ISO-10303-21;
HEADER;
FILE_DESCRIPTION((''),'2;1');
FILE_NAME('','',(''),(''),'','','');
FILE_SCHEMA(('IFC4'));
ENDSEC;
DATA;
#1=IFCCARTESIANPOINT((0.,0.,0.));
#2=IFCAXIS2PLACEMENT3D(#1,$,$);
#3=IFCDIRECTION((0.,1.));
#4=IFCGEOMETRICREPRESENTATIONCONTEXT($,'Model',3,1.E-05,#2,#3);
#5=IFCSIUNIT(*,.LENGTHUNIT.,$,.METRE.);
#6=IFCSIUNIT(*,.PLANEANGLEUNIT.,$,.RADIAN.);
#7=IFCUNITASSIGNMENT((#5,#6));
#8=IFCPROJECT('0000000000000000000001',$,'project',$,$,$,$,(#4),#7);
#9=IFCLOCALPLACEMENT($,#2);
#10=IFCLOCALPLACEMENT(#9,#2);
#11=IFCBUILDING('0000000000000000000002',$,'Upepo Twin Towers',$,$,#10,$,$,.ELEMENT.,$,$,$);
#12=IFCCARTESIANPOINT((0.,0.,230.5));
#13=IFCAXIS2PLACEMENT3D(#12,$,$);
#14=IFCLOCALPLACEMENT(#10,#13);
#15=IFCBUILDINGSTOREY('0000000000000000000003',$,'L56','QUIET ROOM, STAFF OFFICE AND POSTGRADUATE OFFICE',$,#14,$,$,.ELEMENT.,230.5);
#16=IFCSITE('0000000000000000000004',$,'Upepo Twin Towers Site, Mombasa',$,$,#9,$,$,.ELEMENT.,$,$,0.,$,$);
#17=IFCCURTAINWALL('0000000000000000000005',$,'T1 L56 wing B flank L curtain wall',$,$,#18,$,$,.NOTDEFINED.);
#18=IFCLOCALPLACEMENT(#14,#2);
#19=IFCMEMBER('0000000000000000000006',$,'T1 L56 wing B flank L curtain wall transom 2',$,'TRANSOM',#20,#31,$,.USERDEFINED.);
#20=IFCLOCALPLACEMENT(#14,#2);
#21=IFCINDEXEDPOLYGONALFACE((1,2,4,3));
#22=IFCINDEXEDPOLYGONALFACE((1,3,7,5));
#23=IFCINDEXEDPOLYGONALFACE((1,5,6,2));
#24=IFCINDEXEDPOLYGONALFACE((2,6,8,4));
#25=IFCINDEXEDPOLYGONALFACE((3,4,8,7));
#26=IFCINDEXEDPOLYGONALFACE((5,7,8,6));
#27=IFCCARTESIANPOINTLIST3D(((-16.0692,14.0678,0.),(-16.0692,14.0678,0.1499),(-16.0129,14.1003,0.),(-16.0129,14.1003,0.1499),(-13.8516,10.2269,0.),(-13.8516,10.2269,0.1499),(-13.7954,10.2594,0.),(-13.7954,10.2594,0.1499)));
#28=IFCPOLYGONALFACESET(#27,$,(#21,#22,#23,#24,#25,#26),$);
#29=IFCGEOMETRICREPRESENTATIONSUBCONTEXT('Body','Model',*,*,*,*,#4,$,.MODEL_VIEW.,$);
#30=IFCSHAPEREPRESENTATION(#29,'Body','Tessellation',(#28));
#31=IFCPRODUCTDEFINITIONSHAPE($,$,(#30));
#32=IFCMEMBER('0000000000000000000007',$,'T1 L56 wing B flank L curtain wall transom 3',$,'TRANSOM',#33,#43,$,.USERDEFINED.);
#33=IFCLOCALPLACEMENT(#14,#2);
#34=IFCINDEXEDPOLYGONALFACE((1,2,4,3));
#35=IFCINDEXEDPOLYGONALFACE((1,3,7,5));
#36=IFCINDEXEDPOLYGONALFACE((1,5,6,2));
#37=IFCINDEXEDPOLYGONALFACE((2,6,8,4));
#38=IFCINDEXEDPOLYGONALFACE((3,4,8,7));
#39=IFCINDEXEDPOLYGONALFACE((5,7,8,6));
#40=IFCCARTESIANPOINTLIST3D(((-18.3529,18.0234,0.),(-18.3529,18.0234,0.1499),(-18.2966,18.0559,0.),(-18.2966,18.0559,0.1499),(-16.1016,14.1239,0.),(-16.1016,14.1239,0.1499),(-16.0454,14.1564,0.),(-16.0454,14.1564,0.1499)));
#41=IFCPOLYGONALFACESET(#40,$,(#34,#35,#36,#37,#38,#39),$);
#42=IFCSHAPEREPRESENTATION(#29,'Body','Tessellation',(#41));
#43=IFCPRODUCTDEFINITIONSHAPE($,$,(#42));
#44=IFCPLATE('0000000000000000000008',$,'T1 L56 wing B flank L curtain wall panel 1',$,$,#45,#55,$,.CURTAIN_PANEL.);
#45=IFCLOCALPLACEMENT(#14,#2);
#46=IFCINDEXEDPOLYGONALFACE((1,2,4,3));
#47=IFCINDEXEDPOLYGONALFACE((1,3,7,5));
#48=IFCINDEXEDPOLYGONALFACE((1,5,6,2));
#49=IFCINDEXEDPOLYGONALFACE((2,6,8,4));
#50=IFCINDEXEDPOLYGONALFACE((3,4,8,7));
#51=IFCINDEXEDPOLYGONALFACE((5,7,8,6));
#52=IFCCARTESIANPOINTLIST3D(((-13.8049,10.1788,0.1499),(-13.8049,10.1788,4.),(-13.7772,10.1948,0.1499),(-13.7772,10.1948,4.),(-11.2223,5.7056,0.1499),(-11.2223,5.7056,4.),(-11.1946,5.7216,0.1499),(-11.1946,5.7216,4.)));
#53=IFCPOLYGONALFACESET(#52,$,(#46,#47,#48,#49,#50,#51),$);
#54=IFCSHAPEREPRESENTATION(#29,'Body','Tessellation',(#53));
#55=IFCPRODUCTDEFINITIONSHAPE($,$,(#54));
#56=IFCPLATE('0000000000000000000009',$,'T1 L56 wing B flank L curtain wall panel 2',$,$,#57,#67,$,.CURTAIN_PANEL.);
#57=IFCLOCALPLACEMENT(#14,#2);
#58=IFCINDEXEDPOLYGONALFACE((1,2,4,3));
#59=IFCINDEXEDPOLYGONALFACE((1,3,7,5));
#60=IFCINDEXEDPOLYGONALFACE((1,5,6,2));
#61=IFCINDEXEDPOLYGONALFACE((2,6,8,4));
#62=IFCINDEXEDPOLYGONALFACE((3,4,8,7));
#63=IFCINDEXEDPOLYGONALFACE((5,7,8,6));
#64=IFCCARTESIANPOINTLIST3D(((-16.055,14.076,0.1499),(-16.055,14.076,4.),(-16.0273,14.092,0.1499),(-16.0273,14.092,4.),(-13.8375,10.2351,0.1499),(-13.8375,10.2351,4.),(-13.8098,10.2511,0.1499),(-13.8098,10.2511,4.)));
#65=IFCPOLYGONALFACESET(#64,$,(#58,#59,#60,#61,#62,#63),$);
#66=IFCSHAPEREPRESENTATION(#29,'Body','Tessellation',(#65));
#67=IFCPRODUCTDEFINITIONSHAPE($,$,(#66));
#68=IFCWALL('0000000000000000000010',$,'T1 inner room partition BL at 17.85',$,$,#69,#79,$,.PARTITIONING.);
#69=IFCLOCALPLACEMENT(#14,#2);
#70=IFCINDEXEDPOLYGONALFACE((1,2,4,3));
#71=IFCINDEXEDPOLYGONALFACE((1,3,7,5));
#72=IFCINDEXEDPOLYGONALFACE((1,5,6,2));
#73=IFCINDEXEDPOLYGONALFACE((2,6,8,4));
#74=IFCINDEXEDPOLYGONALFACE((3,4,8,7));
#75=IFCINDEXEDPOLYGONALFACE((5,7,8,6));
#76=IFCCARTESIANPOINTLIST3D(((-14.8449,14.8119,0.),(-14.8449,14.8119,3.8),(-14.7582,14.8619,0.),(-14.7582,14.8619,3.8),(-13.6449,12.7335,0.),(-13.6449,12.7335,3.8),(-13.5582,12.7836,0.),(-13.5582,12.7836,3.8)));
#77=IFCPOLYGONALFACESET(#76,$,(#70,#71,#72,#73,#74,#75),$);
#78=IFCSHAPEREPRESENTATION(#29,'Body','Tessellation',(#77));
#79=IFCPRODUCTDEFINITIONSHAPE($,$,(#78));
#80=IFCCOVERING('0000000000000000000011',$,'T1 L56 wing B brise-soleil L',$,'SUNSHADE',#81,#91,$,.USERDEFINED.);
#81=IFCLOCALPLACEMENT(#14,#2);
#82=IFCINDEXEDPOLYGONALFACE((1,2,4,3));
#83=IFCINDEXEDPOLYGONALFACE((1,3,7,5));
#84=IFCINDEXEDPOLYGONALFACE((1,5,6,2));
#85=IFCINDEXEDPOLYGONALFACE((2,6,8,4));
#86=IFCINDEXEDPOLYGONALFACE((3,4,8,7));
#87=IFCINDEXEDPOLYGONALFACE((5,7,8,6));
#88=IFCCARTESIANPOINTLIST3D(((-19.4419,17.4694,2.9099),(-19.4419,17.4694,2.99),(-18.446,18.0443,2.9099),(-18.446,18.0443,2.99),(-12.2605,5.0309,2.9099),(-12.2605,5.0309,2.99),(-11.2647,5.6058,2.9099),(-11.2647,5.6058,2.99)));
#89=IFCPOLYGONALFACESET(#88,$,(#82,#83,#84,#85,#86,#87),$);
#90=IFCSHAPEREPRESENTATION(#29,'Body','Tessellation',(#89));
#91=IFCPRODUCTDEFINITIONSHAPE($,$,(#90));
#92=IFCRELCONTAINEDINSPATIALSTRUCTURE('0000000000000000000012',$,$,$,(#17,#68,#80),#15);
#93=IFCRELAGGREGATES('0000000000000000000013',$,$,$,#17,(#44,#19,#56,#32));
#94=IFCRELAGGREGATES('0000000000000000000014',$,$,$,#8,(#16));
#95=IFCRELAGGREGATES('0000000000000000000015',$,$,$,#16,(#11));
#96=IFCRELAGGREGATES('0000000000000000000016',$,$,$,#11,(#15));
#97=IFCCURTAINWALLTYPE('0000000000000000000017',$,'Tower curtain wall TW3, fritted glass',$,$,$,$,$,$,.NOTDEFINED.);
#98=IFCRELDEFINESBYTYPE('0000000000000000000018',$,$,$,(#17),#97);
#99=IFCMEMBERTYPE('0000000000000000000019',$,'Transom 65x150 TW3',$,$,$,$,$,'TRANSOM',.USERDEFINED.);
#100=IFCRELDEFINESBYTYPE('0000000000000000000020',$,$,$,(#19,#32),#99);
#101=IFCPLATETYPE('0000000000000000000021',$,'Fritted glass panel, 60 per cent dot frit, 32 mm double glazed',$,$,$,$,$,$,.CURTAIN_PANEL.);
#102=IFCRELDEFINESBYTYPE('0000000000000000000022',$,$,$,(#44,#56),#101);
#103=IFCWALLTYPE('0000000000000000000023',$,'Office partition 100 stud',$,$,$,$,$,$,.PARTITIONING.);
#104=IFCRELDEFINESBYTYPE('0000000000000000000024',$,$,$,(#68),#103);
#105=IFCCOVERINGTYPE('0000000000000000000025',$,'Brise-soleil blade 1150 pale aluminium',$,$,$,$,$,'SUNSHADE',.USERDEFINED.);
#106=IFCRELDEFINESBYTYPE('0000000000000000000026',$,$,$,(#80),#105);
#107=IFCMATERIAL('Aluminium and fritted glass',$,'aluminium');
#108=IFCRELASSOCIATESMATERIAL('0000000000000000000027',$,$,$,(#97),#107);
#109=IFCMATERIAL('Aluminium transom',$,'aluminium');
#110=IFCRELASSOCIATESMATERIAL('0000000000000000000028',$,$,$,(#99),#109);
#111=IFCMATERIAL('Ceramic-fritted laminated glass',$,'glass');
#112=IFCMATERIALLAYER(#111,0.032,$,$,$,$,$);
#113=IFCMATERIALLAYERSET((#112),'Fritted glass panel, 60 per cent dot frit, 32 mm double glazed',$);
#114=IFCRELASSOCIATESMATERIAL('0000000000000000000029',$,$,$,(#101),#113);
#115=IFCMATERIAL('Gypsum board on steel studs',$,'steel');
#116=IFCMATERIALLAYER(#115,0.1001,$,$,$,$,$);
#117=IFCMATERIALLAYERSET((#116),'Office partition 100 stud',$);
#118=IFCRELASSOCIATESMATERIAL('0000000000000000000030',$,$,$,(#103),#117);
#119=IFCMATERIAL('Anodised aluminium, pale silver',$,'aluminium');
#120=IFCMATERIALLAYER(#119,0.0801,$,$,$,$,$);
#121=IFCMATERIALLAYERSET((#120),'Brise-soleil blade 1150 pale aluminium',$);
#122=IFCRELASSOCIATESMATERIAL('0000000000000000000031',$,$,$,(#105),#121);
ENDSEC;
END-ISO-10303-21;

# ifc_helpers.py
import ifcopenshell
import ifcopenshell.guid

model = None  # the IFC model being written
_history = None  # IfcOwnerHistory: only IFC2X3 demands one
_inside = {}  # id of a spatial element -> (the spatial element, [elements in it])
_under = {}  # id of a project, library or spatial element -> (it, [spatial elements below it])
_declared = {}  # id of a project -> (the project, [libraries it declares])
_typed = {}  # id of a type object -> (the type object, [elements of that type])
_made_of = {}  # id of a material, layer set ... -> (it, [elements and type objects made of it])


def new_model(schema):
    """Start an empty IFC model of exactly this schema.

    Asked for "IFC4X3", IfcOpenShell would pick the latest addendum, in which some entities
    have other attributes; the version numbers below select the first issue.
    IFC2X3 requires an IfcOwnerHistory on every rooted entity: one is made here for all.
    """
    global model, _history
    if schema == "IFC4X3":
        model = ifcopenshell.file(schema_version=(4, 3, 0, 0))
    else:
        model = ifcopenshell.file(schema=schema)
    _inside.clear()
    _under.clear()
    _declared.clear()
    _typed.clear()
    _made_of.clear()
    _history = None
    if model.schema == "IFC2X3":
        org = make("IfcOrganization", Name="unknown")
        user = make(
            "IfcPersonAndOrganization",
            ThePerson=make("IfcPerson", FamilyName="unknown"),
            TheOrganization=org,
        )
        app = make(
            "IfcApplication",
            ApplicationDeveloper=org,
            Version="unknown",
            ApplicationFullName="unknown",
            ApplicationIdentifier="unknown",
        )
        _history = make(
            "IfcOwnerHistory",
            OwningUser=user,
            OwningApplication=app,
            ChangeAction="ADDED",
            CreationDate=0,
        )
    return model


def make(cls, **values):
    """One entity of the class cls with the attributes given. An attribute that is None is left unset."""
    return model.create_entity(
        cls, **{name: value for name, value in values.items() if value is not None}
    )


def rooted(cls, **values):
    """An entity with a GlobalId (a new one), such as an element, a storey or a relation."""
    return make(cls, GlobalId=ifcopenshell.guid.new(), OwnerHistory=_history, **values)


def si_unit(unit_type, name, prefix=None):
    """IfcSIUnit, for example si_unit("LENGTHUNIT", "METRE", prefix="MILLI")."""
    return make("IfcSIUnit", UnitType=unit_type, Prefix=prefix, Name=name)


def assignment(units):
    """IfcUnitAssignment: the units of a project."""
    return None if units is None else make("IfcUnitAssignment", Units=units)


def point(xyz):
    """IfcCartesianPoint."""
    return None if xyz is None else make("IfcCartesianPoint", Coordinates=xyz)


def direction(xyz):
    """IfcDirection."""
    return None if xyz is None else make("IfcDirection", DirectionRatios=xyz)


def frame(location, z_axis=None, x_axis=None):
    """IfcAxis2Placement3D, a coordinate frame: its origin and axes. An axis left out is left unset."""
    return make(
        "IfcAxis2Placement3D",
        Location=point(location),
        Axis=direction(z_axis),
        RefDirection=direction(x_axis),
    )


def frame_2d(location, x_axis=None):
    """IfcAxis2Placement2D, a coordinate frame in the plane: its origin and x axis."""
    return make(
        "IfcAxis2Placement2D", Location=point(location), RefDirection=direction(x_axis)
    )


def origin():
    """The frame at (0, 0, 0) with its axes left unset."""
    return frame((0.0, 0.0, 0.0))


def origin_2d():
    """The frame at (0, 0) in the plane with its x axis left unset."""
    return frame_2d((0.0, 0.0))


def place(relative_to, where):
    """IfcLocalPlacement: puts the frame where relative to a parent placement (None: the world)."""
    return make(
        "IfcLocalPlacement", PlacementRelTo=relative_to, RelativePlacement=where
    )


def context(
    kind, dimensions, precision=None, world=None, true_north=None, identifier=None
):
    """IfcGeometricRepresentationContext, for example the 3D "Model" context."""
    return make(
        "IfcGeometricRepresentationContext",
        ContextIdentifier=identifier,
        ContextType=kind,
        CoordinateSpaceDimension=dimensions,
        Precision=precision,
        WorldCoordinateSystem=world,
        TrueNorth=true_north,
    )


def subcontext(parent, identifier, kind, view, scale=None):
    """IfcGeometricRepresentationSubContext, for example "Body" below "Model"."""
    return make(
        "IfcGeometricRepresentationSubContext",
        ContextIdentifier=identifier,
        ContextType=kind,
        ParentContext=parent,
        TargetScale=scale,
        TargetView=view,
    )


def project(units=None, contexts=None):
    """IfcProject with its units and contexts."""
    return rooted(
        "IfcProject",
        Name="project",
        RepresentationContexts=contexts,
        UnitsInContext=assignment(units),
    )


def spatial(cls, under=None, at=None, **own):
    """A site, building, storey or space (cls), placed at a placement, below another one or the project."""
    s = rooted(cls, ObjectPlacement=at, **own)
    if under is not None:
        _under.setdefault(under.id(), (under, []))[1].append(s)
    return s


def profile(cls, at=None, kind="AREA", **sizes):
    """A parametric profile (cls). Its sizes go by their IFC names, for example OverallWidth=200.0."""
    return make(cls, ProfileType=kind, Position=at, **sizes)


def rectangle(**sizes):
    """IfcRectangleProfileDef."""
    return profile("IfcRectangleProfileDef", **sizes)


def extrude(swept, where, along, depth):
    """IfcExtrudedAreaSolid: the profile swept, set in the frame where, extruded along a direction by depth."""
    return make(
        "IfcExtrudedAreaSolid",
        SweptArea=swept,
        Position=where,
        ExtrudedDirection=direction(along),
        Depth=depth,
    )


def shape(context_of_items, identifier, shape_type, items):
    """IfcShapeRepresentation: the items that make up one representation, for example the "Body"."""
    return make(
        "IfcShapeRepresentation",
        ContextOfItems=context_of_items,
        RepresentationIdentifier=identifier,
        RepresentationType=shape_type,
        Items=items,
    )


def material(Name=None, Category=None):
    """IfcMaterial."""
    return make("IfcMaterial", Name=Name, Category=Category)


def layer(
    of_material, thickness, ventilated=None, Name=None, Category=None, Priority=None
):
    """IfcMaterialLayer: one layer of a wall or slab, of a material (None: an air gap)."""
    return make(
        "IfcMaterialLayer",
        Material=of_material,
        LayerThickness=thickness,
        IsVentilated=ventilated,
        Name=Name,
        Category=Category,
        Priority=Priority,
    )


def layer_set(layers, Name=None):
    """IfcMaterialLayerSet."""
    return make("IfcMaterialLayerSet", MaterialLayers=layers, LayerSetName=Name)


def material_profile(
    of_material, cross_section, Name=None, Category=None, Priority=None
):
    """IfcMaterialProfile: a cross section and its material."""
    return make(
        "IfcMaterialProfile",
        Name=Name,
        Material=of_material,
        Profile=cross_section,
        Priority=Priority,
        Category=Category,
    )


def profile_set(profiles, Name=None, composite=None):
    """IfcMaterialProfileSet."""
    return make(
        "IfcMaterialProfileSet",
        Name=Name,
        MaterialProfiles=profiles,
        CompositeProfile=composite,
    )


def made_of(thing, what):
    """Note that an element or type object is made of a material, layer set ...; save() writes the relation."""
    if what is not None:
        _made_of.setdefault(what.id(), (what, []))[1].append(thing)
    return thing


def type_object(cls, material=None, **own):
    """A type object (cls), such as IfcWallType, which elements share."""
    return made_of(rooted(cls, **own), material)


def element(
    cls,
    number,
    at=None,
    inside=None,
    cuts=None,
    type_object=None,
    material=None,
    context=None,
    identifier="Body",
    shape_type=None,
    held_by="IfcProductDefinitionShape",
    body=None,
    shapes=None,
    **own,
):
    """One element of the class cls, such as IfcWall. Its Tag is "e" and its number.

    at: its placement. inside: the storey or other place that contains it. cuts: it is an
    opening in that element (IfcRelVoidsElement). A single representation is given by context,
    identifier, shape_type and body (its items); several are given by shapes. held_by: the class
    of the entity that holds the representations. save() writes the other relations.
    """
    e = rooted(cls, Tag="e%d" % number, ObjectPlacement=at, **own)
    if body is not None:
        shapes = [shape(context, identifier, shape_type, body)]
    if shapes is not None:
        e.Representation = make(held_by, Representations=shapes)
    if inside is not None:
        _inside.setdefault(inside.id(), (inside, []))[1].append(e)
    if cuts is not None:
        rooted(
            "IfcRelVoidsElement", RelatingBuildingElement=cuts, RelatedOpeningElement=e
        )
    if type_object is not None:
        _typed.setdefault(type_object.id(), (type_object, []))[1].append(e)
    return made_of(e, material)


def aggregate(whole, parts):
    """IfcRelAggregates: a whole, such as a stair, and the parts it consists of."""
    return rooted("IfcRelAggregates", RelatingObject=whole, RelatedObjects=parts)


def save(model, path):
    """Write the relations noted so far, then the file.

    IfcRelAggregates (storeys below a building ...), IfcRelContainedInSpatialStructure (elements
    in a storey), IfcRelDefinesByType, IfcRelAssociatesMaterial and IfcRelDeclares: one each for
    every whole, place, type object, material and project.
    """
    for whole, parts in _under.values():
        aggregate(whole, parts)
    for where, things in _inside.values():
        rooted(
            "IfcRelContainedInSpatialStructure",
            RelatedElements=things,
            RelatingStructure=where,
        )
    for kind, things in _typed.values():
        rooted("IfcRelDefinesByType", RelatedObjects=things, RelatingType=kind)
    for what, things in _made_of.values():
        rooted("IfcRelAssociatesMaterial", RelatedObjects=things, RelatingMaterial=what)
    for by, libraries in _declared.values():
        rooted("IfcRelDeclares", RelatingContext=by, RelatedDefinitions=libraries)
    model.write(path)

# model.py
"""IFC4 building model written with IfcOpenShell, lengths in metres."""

from ifc_helpers import new_model, si_unit, direction, frame, frame_2d, origin, origin_2d, place, context, subcontext, project, spatial, rectangle, extrude, material, layer, layer_set, material_profile, profile_set, type_object, element, aggregate, save


model = new_model("IFC4")

# Units and contexts
model_context = context("Model", 3, precision=1e-05, world=origin(), true_north=direction((0.0, 1.0)))
body_context = subcontext(model_context, "Body", "Model", "MODEL_VIEW")
ifc_project = project(units=[si_unit("LENGTHUNIT", "METRE"), si_unit("PLANEANGLEUNIT", "RADIAN")], contexts=[model_context])

# Site, building, storey
site_placement = place(None, origin())
site = spatial("IfcSite", under=ifc_project, at=site_placement, Name="Upepo Twin Towers Site, Mombasa", CompositionType="ELEMENT", RefElevation=0.0)
building_placement = place(site_placement, origin())
building = spatial("IfcBuilding", under=site, at=building_placement, Name="Upepo Twin Towers", CompositionType="ELEMENT")
storey_placement = place(building_placement, frame((0.0, 0.0, 230.5)))
storey = spatial("IfcBuildingStorey", under=building, at=storey_placement, Name="L56", Description="QUIET ROOM, STAFF OFFICE AND POSTGRADUATE OFFICE", CompositionType="ELEMENT", Elevation=230.5)

# Curtain wall, members, plates
ifc_material_1 = material(Name="Aluminium and fritted glass", Category="aluminium")
curtain_wall_type = type_object("IfcCurtainWallType", Name="Tower curtain wall TW3, fritted glass", PredefinedType="NOTDEFINED", material=ifc_material_1)
curtain_wall_placement = place(storey_placement, origin())
curtain_wall = element("IfcCurtainWall", 1, at=curtain_wall_placement, inside=storey, type_object=curtain_wall_type, Name="T1 L56 wing B flank L curtain wall", PredefinedType="NOTDEFINED")
ifc_material_2 = material(Name="Aluminium transom", Category="aluminium")
ifc_material_profile_1 = material_profile(ifc_material_2, rectangle(XDim=0.0649, YDim=0.1499, at=origin_2d()), Name="TRANSOM 65x150")
ifc_profile_set_1 = profile_set([ifc_material_profile_1], Name="Aluminium transom")
member_type_1 = type_object("IfcMemberType", Name="Transom 65x150 TW3", ElementType="TRANSOM", PredefinedType="USERDEFINED", material=ifc_profile_set_1)
member_1_placement = place(storey_placement, frame((-13.8235, 10.2432, 0.075), z_axis=(-0.500005, 0.866022, 0.0), x_axis=(-0.866022, -0.500005, 0.0)))
member_1 = element("IfcMember", 2, at=member_1_placement, type_object=member_type_1, Name="T1 L56 wing B flank L curtain wall transom 2", ObjectType="TRANSOM", PredefinedType="USERDEFINED", context=body_context, shape_type="SweptSolid", body=[
    extrude(rectangle(XDim=0.0649, YDim=0.1499, at=origin_2d()), origin(), (0.0, 0.0, 1.0), 4.4351),
])
member_2_placement = place(storey_placement, frame((-16.0735, 14.1401, 0.075), z_axis=(-0.499982, 0.866036, 0.0), x_axis=(-0.866036, -0.499982, 0.0)))
member_2 = element("IfcMember", 3, at=member_2_placement, type_object=member_type_1, Name="T1 L56 wing B flank L curtain wall transom 3", ObjectType="TRANSOM", PredefinedType="USERDEFINED", context=body_context, shape_type="SweptSolid", body=[
    extrude(rectangle(XDim=0.0649, YDim=0.1499, at=origin_2d()), origin(), (0.0, 0.0, 1.0), 4.5027),
])
ifc_material_3 = material(Name="Ceramic-fritted laminated glass", Category="glass")
ifc_layer_1 = layer(ifc_material_3, 0.032)
ifc_layer_set_1 = layer_set([ifc_layer_1], Name="Fritted glass panel, 60 per cent dot frit, 32 mm double glazed")
plate_type = type_object("IfcPlateType", Name="Fritted glass panel, 60 per cent dot frit, 32 mm double glazed", PredefinedType="CURTAIN_PANEL", material=ifc_layer_set_1)
plate_1_placement = place(storey_placement, frame((-12.4998, 7.9502, 0.1499), z_axis=(0.0, 0.0, 1.0), x_axis=(-0.5, 0.866025, 0.0)))
plate_1 = element("IfcPlate", 4, at=plate_1_placement, type_object=plate_type, Name="T1 L56 wing B flank L curtain wall panel 1", PredefinedType="CURTAIN_PANEL", context=body_context, shape_type="SweptSolid", body=[
    extrude(rectangle(XDim=5.1653, YDim=0.032, at=origin_2d()), origin(), (0.0, 0.0, 1.0), 3.8501),
])
plate_2_placement = place(storey_placement, frame((-14.9324, 12.1636, 0.1499), z_axis=(0.0, 0.0, 1.0), x_axis=(-0.5, 0.866025, 0.0)))
plate_2 = element("IfcPlate", 5, at=plate_2_placement, type_object=plate_type, Name="T1 L56 wing B flank L curtain wall panel 2", PredefinedType="CURTAIN_PANEL", context=body_context, shape_type="SweptSolid", body=[
    extrude(rectangle(XDim=4.4351, YDim=0.032, at=origin_2d()), origin(), (0.0, 0.0, 1.0), 3.8501),
])
aggregate(curtain_wall, [plate_1, member_1, plate_2, member_2])

# Wall
ifc_material_4 = material(Name="Gypsum board on steel studs", Category="steel")
ifc_layer_2 = layer(ifc_material_4, 0.1001)
ifc_layer_set_2 = layer_set([ifc_layer_2], Name="Office partition 100 stud")
wall_type = type_object("IfcWallType", Name="Office partition 100 stud", PredefinedType="PARTITIONING", material=ifc_layer_set_2)
wall_placement = place(storey_placement, frame((-13.6016, 12.7585, 0.0), z_axis=(0.0, 0.0, 1.0), x_axis=(-0.500001, 0.866025, 0.0)))
element("IfcWall", 6, at=wall_placement, inside=storey, type_object=wall_type, Name="T1 inner room partition BL at 17.85", PredefinedType="PARTITIONING", context=body_context, shape_type="SweptSolid", body=[
    extrude(rectangle(XDim=2.3999, YDim=0.1001, at=frame_2d((1.2, 0.0))), origin(), (0.0, 0.0, 1.0), 3.8),
])

# Covering
ifc_material_5 = material(Name="Anodised aluminium, pale silver", Category="aluminium")
ifc_layer_3 = layer(ifc_material_5, 0.0801)
ifc_layer_set_3 = layer_set([ifc_layer_3], Name="Brise-soleil blade 1150 pale aluminium")
covering_type = type_object("IfcCoveringType", Name="Brise-soleil blade 1150 pale aluminium", ElementType="SUNSHADE", PredefinedType="USERDEFINED", material=ifc_layer_set_3)
covering_placement = place(storey_placement, frame((-15.3533, 11.5376, 2.9099), z_axis=(0.0, 0.0, 1.0), x_axis=(-0.5, 0.866025, 0.0)))
element("IfcCovering", 7, at=covering_placement, inside=storey, type_object=covering_type, Name="T1 L56 wing B brise-soleil L", ObjectType="SUNSHADE", PredefinedType="USERDEFINED", context=body_context, shape_type="SweptSolid", body=[
    extrude(rectangle(XDim=14.3628, YDim=1.1499, at=origin_2d()), origin(), (0.0, 0.0, 1.0), 0.0801),
])

save(model, "model.ifc")
